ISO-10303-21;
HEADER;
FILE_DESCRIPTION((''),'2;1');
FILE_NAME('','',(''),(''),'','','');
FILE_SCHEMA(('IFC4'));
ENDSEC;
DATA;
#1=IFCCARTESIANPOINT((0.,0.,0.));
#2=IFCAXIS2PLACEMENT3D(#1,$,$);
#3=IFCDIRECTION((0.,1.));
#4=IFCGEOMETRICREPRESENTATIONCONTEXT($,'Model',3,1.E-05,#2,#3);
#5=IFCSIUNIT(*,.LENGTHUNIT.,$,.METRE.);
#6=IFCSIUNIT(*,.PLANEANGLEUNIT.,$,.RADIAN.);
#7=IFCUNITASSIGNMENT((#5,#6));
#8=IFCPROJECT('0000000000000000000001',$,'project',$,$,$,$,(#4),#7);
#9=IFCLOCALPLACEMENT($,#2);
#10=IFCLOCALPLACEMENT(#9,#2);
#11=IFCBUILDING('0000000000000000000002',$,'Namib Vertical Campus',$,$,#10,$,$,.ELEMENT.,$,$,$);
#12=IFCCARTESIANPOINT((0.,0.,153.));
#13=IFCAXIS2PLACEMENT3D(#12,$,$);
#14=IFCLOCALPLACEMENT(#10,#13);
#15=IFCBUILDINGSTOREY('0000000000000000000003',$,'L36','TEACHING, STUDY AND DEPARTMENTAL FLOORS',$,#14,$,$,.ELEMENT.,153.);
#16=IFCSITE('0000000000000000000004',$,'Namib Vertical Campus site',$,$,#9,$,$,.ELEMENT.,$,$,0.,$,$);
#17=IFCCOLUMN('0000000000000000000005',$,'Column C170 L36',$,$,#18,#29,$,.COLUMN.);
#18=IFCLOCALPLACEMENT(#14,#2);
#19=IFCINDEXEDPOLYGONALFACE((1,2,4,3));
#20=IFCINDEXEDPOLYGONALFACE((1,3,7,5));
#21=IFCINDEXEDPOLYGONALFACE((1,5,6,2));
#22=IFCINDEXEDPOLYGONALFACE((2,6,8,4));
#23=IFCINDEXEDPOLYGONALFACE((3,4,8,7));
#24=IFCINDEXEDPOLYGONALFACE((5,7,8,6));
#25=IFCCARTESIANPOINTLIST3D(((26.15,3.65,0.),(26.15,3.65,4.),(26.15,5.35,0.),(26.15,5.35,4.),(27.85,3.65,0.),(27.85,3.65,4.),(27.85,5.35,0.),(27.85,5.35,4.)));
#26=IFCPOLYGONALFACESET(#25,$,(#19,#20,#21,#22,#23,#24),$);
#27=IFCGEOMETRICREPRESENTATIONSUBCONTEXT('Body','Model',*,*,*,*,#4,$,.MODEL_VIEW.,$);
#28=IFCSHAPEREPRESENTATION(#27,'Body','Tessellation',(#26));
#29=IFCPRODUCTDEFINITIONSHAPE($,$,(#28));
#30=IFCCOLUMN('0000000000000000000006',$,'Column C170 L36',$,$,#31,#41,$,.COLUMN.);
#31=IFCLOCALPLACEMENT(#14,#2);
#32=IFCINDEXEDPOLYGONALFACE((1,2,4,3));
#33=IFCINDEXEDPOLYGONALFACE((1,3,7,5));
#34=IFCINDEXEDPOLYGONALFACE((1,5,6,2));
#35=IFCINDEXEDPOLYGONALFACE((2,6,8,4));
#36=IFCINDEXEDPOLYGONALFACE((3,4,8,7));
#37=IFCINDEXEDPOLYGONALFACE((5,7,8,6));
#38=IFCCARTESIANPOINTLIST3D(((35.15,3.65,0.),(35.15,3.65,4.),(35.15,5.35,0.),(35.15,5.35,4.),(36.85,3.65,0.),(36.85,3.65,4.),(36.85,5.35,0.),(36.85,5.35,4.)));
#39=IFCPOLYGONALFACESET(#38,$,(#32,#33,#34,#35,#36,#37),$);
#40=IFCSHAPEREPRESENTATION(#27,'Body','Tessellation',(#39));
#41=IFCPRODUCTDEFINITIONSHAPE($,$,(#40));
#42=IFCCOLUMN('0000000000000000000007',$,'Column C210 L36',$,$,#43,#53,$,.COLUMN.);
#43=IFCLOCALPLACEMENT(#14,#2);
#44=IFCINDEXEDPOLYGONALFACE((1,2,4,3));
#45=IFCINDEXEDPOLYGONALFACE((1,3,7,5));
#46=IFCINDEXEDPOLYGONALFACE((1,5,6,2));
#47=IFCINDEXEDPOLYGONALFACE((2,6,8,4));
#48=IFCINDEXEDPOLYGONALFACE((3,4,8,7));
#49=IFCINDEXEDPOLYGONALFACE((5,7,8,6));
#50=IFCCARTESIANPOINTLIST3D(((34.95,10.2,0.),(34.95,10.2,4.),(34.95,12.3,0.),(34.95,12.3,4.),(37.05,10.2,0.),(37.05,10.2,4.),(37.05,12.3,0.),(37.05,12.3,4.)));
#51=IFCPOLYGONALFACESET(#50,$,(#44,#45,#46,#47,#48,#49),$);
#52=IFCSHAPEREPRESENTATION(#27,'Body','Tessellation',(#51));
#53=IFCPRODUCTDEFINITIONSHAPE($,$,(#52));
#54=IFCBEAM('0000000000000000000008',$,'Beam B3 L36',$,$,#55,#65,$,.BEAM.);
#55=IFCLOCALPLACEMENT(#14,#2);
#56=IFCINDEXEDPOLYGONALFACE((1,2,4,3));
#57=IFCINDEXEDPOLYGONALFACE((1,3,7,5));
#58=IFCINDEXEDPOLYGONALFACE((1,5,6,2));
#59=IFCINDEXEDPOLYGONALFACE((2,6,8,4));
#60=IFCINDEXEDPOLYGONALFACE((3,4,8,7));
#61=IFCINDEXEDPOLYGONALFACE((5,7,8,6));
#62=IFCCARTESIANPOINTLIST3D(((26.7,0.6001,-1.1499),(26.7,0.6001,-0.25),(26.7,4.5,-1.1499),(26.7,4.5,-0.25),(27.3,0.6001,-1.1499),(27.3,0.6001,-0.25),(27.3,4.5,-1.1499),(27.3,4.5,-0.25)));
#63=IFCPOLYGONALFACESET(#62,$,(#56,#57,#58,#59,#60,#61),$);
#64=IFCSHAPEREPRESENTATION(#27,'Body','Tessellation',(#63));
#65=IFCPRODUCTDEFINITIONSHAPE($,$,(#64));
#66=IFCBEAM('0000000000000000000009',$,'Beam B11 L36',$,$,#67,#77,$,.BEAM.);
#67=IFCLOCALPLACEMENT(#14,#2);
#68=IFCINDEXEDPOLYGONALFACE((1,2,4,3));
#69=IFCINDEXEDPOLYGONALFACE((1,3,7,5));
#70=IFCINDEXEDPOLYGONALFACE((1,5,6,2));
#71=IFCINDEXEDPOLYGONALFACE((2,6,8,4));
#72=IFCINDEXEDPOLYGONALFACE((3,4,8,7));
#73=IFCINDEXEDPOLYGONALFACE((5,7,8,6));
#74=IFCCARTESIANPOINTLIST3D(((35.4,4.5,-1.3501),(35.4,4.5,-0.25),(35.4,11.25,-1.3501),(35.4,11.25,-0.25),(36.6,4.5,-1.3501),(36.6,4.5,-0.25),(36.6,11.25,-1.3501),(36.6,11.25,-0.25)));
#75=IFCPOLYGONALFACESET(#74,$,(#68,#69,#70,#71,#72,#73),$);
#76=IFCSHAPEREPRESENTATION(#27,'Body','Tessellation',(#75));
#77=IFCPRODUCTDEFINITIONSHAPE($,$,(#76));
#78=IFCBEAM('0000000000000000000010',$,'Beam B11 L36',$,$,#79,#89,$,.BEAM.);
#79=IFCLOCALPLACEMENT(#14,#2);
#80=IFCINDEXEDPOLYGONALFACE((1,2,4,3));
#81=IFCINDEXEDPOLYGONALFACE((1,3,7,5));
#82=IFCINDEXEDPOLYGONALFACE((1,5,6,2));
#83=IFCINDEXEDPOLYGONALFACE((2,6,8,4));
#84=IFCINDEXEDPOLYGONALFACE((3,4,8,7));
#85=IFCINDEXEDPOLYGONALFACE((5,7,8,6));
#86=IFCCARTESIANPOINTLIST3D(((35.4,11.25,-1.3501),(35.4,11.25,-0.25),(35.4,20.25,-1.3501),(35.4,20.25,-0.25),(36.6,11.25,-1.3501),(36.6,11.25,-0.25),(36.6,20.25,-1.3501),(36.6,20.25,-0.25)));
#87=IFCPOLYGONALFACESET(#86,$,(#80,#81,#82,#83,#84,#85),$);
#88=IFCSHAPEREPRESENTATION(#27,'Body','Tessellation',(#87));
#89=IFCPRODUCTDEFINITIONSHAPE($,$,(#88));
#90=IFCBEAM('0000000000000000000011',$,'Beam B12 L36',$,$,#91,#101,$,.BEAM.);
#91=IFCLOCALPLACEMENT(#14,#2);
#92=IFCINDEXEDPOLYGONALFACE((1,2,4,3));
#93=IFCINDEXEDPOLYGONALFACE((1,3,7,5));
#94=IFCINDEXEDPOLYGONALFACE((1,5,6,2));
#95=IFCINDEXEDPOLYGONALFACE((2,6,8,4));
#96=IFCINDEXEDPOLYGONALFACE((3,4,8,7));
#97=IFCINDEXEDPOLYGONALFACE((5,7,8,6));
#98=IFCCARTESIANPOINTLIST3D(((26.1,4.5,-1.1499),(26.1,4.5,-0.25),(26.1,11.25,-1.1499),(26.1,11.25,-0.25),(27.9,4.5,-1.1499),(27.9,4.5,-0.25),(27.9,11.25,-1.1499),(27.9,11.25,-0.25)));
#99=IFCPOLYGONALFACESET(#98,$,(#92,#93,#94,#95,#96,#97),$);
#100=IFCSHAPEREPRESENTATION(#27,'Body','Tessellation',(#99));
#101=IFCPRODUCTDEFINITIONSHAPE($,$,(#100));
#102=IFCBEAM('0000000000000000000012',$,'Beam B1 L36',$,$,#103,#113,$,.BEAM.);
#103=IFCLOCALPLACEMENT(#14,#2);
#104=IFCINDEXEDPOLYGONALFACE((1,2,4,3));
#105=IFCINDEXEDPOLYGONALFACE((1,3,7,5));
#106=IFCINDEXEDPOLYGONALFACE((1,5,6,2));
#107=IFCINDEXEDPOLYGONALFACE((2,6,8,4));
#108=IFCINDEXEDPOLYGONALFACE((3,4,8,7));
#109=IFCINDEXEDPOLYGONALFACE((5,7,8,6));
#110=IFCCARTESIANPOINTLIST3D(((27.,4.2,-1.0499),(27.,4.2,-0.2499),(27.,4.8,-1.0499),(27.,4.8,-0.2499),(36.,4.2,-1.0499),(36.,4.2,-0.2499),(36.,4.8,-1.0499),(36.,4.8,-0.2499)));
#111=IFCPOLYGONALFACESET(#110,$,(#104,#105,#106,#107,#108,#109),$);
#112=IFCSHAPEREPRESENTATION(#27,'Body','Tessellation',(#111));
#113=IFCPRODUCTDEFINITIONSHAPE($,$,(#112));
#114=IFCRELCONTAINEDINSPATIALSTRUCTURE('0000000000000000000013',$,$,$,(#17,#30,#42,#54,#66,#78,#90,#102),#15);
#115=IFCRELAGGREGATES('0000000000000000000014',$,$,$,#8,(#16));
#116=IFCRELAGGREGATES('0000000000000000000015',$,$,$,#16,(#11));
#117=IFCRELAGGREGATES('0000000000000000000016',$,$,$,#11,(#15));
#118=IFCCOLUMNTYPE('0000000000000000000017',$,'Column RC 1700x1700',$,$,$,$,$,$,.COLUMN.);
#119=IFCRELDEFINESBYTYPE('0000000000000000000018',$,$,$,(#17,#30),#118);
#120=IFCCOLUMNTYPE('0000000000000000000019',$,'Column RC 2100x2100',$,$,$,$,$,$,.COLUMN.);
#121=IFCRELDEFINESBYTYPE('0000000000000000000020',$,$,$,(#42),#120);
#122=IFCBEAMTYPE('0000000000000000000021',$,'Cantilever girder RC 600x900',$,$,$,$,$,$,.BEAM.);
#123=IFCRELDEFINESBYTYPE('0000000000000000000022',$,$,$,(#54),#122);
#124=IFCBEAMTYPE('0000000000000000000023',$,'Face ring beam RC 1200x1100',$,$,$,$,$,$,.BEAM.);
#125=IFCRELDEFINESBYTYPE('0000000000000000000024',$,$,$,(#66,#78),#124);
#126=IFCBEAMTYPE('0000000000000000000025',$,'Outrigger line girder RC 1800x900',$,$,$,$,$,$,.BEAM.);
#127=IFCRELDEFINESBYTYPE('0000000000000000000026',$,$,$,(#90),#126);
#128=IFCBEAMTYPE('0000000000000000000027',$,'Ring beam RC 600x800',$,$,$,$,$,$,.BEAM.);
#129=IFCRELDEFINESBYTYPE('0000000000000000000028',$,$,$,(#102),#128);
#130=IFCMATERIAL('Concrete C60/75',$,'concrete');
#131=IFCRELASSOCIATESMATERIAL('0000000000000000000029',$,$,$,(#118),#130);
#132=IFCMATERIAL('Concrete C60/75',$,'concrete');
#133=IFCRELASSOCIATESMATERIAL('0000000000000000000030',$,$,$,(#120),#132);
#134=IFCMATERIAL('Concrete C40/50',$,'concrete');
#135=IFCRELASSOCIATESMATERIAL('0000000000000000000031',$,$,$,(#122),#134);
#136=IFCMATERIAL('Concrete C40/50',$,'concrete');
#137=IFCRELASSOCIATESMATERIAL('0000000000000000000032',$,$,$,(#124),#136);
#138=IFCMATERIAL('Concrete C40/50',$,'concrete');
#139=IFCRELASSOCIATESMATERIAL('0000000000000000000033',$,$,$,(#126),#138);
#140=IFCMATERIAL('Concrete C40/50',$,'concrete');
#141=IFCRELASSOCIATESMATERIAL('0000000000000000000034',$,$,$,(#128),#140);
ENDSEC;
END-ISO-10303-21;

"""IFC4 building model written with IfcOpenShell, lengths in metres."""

from ifc_helpers import new_model, si_unit, direction, frame, origin, origin_2d, place, context, subcontext, project, spatial, rectangle, extrude, material, material_profile, profile_set, type_object, element, save


model = new_model("IFC4")

# Units and contexts
model_context = context("Model", 3, precision=1e-05, world=origin(), true_north=direction((0.0, 1.0)))
body_context = subcontext(model_context, "Body", "Model", "MODEL_VIEW")
ifc_project = project(units=[si_unit("LENGTHUNIT", "METRE"), si_unit("PLANEANGLEUNIT", "RADIAN")], contexts=[model_context])

# Site, building, storey
site_placement = place(None, origin())
site = spatial("IfcSite", under=ifc_project, at=site_placement, Name="Namib Vertical Campus site", CompositionType="ELEMENT", RefElevation=0.0)
building_placement = place(site_placement, origin())
building = spatial("IfcBuilding", under=site, at=building_placement, Name="Namib Vertical Campus", CompositionType="ELEMENT")
storey_placement = place(building_placement, frame((0.0, 0.0, 153.0)))
storey = spatial("IfcBuildingStorey", under=building, at=storey_placement, Name="L36", Description="TEACHING, STUDY AND DEPARTMENTAL FLOORS", CompositionType="ELEMENT", Elevation=153.0)

# Columns
ifc_material_1 = material(Name="Concrete C60/75", Category="concrete")
ifc_material_profile_1 = material_profile(ifc_material_1, rectangle(XDim=1.7, YDim=1.7, at=origin_2d()))
ifc_profile_set_1 = profile_set([ifc_material_profile_1], Name="Concrete C60/75")
column_type_1 = type_object("IfcColumnType", Name="Column RC 1700x1700", PredefinedType="COLUMN", material=ifc_profile_set_1)
for number, where, z_axis, x_axis, name in (
    (1, (27.0, 4.5, 0.0), (0.0, 0.0, 1.0), (1.0, 0.0, 0.0), "Column C170 L36"),
    (2, (36.0, 4.5, 0.0), (0.0, 0.0, 1.0), (1.0, 0.0, 0.0), "Column C170 L36"),
):
    element("IfcColumn", number, at=place(storey_placement, frame(where, z_axis=z_axis, x_axis=x_axis)), inside=storey, type_object=column_type_1, Name=name, PredefinedType="COLUMN", context=body_context, shape_type="SweptSolid", body=[
        extrude(rectangle(XDim=1.7, YDim=1.7, at=origin_2d()), origin(), (0.0, 0.0, 1.0), 4.0),
    ])
ifc_material_2 = material(Name="Concrete C60/75", Category="concrete")
ifc_material_profile_2 = material_profile(ifc_material_2, rectangle(XDim=2.1001, YDim=2.1001, at=origin_2d()))
ifc_profile_set_2 = profile_set([ifc_material_profile_2], Name="Concrete C60/75")
column_type_2 = type_object("IfcColumnType", Name="Column RC 2100x2100", PredefinedType="COLUMN", material=ifc_profile_set_2)
column_placement = place(storey_placement, frame((36.0, 11.25, 0.0), z_axis=(0.0, 0.0, 1.0), x_axis=(1.0, 0.0, 0.0)))
element("IfcColumn", 3, at=column_placement, inside=storey, type_object=column_type_2, Name="Column C210 L36", PredefinedType="COLUMN", context=body_context, shape_type="SweptSolid", body=[
    extrude(rectangle(XDim=2.1001, YDim=2.1001, at=origin_2d()), origin(), (0.0, 0.0, 1.0), 4.0),
])

# Beams
ifc_material_3 = material(Name="Concrete C40/50", Category="concrete")
ifc_material_profile_3 = material_profile(ifc_material_3, rectangle(XDim=0.6001, YDim=0.8999, at=origin_2d()))
ifc_profile_set_3 = profile_set([ifc_material_profile_3], Name="Concrete C40/50")
beam_type_1 = type_object("IfcBeamType", Name="Cantilever girder RC 600x900", PredefinedType="BEAM", material=ifc_profile_set_3)
beam_1_placement = place(storey_placement, frame((27.0, 4.5, -0.7), z_axis=(0.0, -1.0, 0.0), x_axis=(1.0, 0.0, 0.0)))
element("IfcBeam", 4, at=beam_1_placement, inside=storey, type_object=beam_type_1, Name="Beam B3 L36", PredefinedType="BEAM", context=body_context, shape_type="SweptSolid", body=[
    extrude(rectangle(XDim=0.6001, YDim=0.8999, at=origin_2d()), origin(), (0.0, 0.0, 1.0), 3.8999),
])
ifc_material_4 = material(Name="Concrete C40/50", Category="concrete")
ifc_material_profile_4 = material_profile(ifc_material_4, rectangle(XDim=1.2, YDim=1.1001, at=origin_2d()))
ifc_profile_set_4 = profile_set([ifc_material_profile_4], Name="Concrete C40/50")
beam_type_2 = type_object("IfcBeamType", Name="Face ring beam RC 1200x1100", PredefinedType="BEAM", material=ifc_profile_set_4)
beam_2_placement = place(storey_placement, frame((36.0, 4.5, -0.8), z_axis=(0.0, 1.0, 0.0), x_axis=(-1.0, 0.0, 0.0)))
element("IfcBeam", 5, at=beam_2_placement, inside=storey, type_object=beam_type_2, Name="Beam B11 L36", PredefinedType="BEAM", context=body_context, shape_type="SweptSolid", body=[
    extrude(rectangle(XDim=1.2, YDim=1.1001, at=origin_2d()), origin(), (0.0, 0.0, 1.0), 6.75),
])
beam_3_placement = place(storey_placement, frame((36.0, 11.25, -0.8), z_axis=(0.0, 1.0, 0.0), x_axis=(-1.0, 0.0, 0.0)))
element("IfcBeam", 6, at=beam_3_placement, inside=storey, type_object=beam_type_2, Name="Beam B11 L36", PredefinedType="BEAM", context=body_context, shape_type="SweptSolid", body=[
    extrude(rectangle(XDim=1.2, YDim=1.1001, at=origin_2d()), origin(), (0.0, 0.0, 1.0), 9.0),
])
ifc_material_5 = material(Name="Concrete C40/50", Category="concrete")
ifc_material_profile_5 = material_profile(ifc_material_5, rectangle(XDim=1.8, YDim=0.8999, at=origin_2d()))
ifc_profile_set_5 = profile_set([ifc_material_profile_5], Name="Concrete C40/50")
beam_type_3 = type_object("IfcBeamType", Name="Outrigger line girder RC 1800x900", PredefinedType="BEAM", material=ifc_profile_set_5)
beam_4_placement = place(storey_placement, frame((27.0, 4.5, -0.7), z_axis=(0.0, 1.0, 0.0), x_axis=(-1.0, 0.0, 0.0)))
element("IfcBeam", 7, at=beam_4_placement, inside=storey, type_object=beam_type_3, Name="Beam B12 L36", PredefinedType="BEAM", context=body_context, shape_type="SweptSolid", body=[
    extrude(rectangle(XDim=1.8, YDim=0.8999, at=origin_2d()), origin(), (0.0, 0.0, 1.0), 6.75),
])
ifc_material_6 = material(Name="Concrete C40/50", Category="concrete")
ifc_material_profile_6 = material_profile(ifc_material_6, rectangle(XDim=0.6001, YDim=0.8, at=origin_2d()))
ifc_profile_set_6 = profile_set([ifc_material_profile_6], Name="Concrete C40/50")
beam_type_4 = type_object("IfcBeamType", Name="Ring beam RC 600x800", PredefinedType="BEAM", material=ifc_profile_set_6)
beam_5_placement = place(storey_placement, frame((27.0, 4.5, -0.6499), z_axis=(1.0, 0.0, 0.0), x_axis=(0.0, 1.0, 0.0)))
element("IfcBeam", 8, at=beam_5_placement, inside=storey, type_object=beam_type_4, Name="Beam B1 L36", PredefinedType="BEAM", context=body_context, shape_type="SweptSolid", body=[
    extrude(rectangle(XDim=0.6001, YDim=0.8, at=origin_2d()), origin(), (0.0, 0.0, 1.0), 9.0),
])

save(model, "model.ifc")
